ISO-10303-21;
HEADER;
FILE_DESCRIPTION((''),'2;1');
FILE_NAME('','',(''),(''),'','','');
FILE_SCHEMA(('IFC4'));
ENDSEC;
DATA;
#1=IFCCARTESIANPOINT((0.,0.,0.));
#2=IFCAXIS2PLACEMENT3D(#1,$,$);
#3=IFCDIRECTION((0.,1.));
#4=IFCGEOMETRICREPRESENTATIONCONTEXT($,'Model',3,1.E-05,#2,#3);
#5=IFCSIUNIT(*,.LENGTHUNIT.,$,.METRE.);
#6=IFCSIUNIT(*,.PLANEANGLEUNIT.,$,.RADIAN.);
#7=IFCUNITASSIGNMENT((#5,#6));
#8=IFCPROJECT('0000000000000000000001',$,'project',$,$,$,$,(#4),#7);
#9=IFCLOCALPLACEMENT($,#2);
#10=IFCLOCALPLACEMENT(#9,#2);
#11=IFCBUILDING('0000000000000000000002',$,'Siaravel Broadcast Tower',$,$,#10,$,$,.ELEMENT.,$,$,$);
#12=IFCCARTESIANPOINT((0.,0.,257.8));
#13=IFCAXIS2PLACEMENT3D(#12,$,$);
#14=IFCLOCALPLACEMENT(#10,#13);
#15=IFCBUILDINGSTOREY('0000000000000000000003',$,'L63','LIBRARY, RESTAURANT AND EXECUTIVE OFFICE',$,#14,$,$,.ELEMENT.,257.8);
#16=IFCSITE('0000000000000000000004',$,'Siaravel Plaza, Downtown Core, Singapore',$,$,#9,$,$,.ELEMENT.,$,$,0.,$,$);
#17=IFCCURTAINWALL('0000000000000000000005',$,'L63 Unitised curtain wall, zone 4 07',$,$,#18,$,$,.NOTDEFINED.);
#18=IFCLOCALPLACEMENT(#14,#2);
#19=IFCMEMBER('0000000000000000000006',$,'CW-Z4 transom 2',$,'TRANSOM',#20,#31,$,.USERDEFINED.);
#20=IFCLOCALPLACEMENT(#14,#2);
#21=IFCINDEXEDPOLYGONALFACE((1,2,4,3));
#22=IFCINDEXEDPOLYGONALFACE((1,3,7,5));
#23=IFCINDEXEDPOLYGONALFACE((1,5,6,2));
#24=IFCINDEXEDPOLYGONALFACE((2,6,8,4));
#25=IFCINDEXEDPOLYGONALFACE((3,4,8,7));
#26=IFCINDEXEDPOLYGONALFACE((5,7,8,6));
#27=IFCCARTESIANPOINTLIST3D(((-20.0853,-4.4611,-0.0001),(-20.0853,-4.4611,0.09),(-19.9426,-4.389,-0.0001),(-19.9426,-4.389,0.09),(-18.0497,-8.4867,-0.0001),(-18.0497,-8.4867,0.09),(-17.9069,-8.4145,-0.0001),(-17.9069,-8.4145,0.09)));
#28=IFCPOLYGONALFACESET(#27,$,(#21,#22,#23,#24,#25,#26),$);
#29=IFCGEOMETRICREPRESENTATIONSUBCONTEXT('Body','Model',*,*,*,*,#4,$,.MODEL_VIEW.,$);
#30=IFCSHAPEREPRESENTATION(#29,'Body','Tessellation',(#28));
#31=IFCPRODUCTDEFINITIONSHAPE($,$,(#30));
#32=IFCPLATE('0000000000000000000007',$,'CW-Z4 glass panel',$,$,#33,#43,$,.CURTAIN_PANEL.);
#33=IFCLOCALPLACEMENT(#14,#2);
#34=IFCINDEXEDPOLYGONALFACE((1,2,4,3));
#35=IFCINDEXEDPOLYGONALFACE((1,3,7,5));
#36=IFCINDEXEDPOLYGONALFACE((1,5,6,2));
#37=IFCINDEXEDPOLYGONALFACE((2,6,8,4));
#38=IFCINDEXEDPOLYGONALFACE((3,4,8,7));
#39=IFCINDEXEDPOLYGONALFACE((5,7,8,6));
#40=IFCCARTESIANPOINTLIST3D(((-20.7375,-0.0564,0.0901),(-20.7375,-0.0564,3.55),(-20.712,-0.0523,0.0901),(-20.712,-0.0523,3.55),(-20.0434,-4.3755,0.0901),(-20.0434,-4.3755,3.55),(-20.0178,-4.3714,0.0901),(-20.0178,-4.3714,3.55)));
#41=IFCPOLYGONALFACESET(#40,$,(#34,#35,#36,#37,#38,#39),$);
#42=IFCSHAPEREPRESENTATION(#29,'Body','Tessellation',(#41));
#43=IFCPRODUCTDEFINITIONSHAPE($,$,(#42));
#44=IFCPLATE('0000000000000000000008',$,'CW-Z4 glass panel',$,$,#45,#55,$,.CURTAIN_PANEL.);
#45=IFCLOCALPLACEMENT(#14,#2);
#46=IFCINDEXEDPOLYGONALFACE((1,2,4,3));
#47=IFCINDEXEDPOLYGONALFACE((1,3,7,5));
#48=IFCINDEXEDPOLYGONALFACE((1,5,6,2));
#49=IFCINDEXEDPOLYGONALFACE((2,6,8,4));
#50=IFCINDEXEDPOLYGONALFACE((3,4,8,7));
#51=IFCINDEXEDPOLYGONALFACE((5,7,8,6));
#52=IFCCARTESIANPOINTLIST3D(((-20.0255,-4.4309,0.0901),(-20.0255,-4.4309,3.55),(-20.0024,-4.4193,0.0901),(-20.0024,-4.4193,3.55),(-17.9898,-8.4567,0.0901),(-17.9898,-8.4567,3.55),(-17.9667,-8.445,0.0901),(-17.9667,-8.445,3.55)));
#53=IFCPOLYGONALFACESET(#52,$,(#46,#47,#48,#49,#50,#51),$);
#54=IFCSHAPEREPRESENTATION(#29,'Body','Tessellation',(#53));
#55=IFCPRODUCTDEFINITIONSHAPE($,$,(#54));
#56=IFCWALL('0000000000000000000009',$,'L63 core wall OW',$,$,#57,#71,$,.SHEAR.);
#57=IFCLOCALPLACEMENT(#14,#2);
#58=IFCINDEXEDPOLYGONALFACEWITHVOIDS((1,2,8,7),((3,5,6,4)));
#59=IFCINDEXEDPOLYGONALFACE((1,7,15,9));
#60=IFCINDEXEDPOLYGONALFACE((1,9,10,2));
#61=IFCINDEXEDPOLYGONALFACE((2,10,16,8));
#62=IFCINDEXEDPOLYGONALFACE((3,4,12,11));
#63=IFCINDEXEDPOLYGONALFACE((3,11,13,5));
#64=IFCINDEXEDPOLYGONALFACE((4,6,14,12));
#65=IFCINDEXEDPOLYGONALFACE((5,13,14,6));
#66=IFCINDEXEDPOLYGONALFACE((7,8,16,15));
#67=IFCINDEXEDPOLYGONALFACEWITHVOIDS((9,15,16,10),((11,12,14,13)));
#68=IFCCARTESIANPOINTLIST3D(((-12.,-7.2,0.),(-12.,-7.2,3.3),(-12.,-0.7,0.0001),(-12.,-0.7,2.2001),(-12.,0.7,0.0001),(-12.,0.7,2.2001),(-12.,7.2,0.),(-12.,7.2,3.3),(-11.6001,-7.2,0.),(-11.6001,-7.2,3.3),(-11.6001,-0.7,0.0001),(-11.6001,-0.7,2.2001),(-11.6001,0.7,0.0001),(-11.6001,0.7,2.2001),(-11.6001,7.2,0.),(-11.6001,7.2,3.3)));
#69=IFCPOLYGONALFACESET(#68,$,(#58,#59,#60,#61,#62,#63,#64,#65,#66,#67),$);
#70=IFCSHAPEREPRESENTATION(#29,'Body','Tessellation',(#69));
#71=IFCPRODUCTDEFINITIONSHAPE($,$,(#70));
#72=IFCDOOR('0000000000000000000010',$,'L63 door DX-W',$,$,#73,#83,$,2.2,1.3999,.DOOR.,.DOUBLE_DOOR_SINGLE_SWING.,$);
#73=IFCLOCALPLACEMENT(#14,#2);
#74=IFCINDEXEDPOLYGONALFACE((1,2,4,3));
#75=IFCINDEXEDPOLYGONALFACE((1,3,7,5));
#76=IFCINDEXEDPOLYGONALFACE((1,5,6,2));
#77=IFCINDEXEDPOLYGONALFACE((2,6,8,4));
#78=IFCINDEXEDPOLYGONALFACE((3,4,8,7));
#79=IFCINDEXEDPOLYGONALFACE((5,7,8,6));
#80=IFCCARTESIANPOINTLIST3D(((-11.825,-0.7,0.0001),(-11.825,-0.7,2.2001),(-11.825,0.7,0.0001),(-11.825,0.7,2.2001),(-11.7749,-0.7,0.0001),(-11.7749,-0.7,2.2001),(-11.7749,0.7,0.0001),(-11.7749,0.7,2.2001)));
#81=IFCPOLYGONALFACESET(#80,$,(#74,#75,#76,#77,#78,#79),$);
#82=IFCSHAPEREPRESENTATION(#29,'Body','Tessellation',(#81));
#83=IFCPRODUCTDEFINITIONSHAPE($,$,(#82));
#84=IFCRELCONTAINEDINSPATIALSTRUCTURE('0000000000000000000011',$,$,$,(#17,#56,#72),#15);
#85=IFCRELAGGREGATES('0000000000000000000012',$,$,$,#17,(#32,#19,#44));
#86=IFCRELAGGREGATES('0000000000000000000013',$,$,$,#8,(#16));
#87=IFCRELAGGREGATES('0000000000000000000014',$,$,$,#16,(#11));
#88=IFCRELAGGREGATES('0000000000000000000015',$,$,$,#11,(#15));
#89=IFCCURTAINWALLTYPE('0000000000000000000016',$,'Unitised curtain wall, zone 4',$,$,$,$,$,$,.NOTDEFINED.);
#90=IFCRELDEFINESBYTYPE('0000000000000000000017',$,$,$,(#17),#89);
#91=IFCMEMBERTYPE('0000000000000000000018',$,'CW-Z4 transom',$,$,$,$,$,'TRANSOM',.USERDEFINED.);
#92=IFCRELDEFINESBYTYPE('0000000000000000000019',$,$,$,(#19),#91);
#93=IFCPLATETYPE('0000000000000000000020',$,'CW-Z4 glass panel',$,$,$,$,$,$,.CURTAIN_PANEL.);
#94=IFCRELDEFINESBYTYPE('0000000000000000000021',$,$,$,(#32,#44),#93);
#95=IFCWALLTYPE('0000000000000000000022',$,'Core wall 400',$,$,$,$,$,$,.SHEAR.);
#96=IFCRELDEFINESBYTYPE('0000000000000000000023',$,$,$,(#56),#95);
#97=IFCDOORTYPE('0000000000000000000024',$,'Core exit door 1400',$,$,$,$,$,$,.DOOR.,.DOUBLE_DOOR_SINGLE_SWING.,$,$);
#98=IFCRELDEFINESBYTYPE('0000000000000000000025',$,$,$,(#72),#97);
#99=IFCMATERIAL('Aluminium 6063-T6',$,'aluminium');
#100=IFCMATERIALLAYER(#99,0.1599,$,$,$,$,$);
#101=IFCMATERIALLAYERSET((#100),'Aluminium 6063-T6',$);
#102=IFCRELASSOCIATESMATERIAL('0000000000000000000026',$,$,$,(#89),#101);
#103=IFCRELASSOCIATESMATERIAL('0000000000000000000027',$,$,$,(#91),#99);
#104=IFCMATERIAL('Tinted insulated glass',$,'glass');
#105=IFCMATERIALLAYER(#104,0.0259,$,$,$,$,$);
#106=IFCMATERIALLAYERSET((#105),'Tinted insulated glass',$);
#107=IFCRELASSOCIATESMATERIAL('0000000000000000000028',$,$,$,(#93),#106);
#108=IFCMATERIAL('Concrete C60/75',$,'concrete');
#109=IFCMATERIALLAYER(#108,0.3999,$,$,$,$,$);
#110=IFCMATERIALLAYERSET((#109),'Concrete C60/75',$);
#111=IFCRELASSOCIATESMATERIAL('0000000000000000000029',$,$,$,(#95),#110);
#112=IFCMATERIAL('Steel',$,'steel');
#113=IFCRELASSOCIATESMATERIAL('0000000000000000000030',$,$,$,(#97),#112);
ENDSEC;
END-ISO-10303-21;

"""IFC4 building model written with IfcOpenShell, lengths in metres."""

from ifc_helpers import new_model, si_unit, direction, frame, frame_2d, origin, origin_2d, place, context, subcontext, project, spatial, rectangle, extrude, material, layer, layer_set, material_profile, profile_set, type_object, element, fill, aggregate, save


model = new_model("IFC4")

# Units and contexts
model_context = context("Model", 3, precision=1e-05, world=origin(), true_north=direction((0.0, 1.0)))
body_context = subcontext(model_context, "Body", "Model", "MODEL_VIEW")
ifc_project = project(units=[si_unit("LENGTHUNIT", "METRE"), si_unit("PLANEANGLEUNIT", "RADIAN")], contexts=[model_context])

# Site, building, storey
site_placement = place(None, origin())
site = spatial("IfcSite", under=ifc_project, at=site_placement, Name="Siaravel Plaza, Downtown Core, Singapore", CompositionType="ELEMENT", RefElevation=0.0)
building_placement = place(site_placement, origin())
building = spatial("IfcBuilding", under=site, at=building_placement, Name="Siaravel Broadcast Tower", CompositionType="ELEMENT")
storey_placement = place(building_placement, frame((0.0, 0.0, 257.8)))
storey = spatial("IfcBuildingStorey", under=building, at=storey_placement, Name="L63", Description="LIBRARY, RESTAURANT AND EXECUTIVE OFFICE", CompositionType="ELEMENT", Elevation=257.8)

# Curtain wall, member, plates
ifc_material_1 = material(Name="Aluminium 6063-T6", Category="aluminium")
ifc_layer_1 = layer(ifc_material_1, 0.1599)
ifc_layer_set_1 = layer_set([ifc_layer_1], Name="Aluminium 6063-T6")
curtain_wall_type = type_object("IfcCurtainWallType", Name="Unitised curtain wall, zone 4", PredefinedType="NOTDEFINED", material=ifc_layer_set_1)
curtain_wall_placement = place(storey_placement, origin())
curtain_wall = element("IfcCurtainWall", 1, at=curtain_wall_placement, inside=storey, type_object=curtain_wall_type, Name="L63 Unitised curtain wall, zone 4 07", PredefinedType="NOTDEFINED")
ifc_material_profile_1 = material_profile(ifc_material_1, rectangle(XDim=0.1599, YDim=0.0901, at=origin_2d()))
ifc_profile_set_1 = profile_set([ifc_material_profile_1], Name="Aluminium 6063-T6")
member_type_1 = type_object("IfcMemberType", Name="CW-Z4 transom", ElementType="TRANSOM", PredefinedType="USERDEFINED", material=ifc_profile_set_1)
member_1_placement = place(storey_placement, frame((-20.0139, -4.425, 0.0449), z_axis=(0.451257, -0.892394, 0.0), x_axis=(0.892394, 0.451257, 0.0)))
member_1 = element("IfcMember", 2, at=member_1_placement, type_object=member_type_1, Name="CW-Z4 transom 2", ObjectType="TRANSOM", PredefinedType="USERDEFINED", context=body_context, shape_type="SweptSolid", body=[
    extrude(rectangle(XDim=0.1599, YDim=0.0901, at=origin_2d()), origin(), (0.0, 0.0, 1.0), 4.511),
])
ifc_material_2 = material(Name="Tinted insulated glass", Category="glass")
ifc_layer_2 = layer(ifc_material_2, 0.0259)
ifc_layer_set_2 = layer_set([ifc_layer_2], Name="Tinted insulated glass")
plate_type = type_object("IfcPlateType", Name="CW-Z4 glass panel", PredefinedType="CURTAIN_PANEL", material=ifc_layer_set_2)
plate_1_placement = place(storey_placement, frame((-20.3777, -2.2139, 0.0901), z_axis=(0.0, 0.0, 1.0), x_axis=(0.158685, -0.987329, 0.0)))
plate_1 = element("IfcPlate", 3, at=plate_1_placement, type_object=plate_type, Name="CW-Z4 glass panel", PredefinedType="CURTAIN_PANEL", context=body_context, shape_type="SweptSolid", body=[
    extrude(rectangle(XDim=4.3745, YDim=0.0259, at=origin_2d()), origin(), (0.0, 0.0, 1.0), 3.46),
])
plate_2_placement = place(storey_placement, frame((-18.9961, -6.438, 0.0901), z_axis=(0.0, 0.0, 1.0), x_axis=(0.451259, -0.892393, 0.0)))
plate_2 = element("IfcPlate", 4, at=plate_2_placement, type_object=plate_type, Name="CW-Z4 glass panel", PredefinedType="CURTAIN_PANEL", context=body_context, shape_type="SweptSolid", body=[
    extrude(rectangle(XDim=4.5112, YDim=0.0259, at=origin_2d()), origin(), (0.0, 0.0, 1.0), 3.46),
])
aggregate(curtain_wall, [plate_1, member_1, plate_2])

# Wall, opening, door
ifc_material_3 = material(Name="Concrete C60/75", Category="concrete")
ifc_layer_3 = layer(ifc_material_3, 0.3999)
ifc_layer_set_3 = layer_set([ifc_layer_3], Name="Concrete C60/75")
wall_type_1 = type_object("IfcWallType", Name="Core wall 400", PredefinedType="SHEAR", material=ifc_layer_set_3)
wall_1_placement = place(storey_placement, frame((-11.8, -7.2, 0.0), z_axis=(0.0, 0.0, 1.0), x_axis=(0.0, 1.0, 0.0)))
wall_1 = element("IfcWall", 5, at=wall_1_placement, inside=storey, type_object=wall_type_1, Name="L63 core wall OW", PredefinedType="SHEAR", context=body_context, shape_type="SweptSolid", body=[
    extrude(rectangle(XDim=14.3999, YDim=0.3999, at=frame_2d((7.2, 0.0))), origin(), (0.0, 0.0, 1.0), 3.3),
])
opening_1_placement = place(wall_1_placement, frame((6.5, 0.0, 0.0)))
opening_1 = element("IfcOpeningElement", 6, at=opening_1_placement, cuts=wall_1, PredefinedType="OPENING", context=body_context, shape_type="SweptSolid", body=[
    extrude(rectangle(XDim=1.3999, YDim=2.2, at=frame_2d((0.7, 1.1001))), frame((0.0, 0.21, 0.0), z_axis=(0.0, -1.0, 0.0), x_axis=(1.0, 0.0, 0.0)), (0.0, 0.0, 1.0), 0.4199),
])
ifc_material_4 = material(Name="Steel", Category="steel")
door_type_1 = type_object("IfcDoorType", Name="Core exit door 1400", OperationType="DOUBLE_DOOR_SINGLE_SWING", PredefinedType="DOOR", material=ifc_material_4)
door_1_placement = place(opening_1_placement, origin())
door_1 = element("IfcDoor", 7, at=door_1_placement, inside=storey, type_object=door_type_1, Name="L63 door DX-W", OperationType="DOUBLE_DOOR_SINGLE_SWING", OverallHeight=2.2, OverallWidth=1.3999, PredefinedType="DOOR", context=body_context, shape_type="SweptSolid", body=[
    extrude(rectangle(XDim=1.3999, YDim=2.2, at=frame_2d((0.7, 1.1001))), frame((0.0, 0.0249, 0.0), z_axis=(0.0, -1.0, 0.0), x_axis=(1.0, 0.0, 0.0)), (0.0, 0.0, 1.0), 0.05),
])
fill(opening_1, door_1)

save(model, "model.ifc")
